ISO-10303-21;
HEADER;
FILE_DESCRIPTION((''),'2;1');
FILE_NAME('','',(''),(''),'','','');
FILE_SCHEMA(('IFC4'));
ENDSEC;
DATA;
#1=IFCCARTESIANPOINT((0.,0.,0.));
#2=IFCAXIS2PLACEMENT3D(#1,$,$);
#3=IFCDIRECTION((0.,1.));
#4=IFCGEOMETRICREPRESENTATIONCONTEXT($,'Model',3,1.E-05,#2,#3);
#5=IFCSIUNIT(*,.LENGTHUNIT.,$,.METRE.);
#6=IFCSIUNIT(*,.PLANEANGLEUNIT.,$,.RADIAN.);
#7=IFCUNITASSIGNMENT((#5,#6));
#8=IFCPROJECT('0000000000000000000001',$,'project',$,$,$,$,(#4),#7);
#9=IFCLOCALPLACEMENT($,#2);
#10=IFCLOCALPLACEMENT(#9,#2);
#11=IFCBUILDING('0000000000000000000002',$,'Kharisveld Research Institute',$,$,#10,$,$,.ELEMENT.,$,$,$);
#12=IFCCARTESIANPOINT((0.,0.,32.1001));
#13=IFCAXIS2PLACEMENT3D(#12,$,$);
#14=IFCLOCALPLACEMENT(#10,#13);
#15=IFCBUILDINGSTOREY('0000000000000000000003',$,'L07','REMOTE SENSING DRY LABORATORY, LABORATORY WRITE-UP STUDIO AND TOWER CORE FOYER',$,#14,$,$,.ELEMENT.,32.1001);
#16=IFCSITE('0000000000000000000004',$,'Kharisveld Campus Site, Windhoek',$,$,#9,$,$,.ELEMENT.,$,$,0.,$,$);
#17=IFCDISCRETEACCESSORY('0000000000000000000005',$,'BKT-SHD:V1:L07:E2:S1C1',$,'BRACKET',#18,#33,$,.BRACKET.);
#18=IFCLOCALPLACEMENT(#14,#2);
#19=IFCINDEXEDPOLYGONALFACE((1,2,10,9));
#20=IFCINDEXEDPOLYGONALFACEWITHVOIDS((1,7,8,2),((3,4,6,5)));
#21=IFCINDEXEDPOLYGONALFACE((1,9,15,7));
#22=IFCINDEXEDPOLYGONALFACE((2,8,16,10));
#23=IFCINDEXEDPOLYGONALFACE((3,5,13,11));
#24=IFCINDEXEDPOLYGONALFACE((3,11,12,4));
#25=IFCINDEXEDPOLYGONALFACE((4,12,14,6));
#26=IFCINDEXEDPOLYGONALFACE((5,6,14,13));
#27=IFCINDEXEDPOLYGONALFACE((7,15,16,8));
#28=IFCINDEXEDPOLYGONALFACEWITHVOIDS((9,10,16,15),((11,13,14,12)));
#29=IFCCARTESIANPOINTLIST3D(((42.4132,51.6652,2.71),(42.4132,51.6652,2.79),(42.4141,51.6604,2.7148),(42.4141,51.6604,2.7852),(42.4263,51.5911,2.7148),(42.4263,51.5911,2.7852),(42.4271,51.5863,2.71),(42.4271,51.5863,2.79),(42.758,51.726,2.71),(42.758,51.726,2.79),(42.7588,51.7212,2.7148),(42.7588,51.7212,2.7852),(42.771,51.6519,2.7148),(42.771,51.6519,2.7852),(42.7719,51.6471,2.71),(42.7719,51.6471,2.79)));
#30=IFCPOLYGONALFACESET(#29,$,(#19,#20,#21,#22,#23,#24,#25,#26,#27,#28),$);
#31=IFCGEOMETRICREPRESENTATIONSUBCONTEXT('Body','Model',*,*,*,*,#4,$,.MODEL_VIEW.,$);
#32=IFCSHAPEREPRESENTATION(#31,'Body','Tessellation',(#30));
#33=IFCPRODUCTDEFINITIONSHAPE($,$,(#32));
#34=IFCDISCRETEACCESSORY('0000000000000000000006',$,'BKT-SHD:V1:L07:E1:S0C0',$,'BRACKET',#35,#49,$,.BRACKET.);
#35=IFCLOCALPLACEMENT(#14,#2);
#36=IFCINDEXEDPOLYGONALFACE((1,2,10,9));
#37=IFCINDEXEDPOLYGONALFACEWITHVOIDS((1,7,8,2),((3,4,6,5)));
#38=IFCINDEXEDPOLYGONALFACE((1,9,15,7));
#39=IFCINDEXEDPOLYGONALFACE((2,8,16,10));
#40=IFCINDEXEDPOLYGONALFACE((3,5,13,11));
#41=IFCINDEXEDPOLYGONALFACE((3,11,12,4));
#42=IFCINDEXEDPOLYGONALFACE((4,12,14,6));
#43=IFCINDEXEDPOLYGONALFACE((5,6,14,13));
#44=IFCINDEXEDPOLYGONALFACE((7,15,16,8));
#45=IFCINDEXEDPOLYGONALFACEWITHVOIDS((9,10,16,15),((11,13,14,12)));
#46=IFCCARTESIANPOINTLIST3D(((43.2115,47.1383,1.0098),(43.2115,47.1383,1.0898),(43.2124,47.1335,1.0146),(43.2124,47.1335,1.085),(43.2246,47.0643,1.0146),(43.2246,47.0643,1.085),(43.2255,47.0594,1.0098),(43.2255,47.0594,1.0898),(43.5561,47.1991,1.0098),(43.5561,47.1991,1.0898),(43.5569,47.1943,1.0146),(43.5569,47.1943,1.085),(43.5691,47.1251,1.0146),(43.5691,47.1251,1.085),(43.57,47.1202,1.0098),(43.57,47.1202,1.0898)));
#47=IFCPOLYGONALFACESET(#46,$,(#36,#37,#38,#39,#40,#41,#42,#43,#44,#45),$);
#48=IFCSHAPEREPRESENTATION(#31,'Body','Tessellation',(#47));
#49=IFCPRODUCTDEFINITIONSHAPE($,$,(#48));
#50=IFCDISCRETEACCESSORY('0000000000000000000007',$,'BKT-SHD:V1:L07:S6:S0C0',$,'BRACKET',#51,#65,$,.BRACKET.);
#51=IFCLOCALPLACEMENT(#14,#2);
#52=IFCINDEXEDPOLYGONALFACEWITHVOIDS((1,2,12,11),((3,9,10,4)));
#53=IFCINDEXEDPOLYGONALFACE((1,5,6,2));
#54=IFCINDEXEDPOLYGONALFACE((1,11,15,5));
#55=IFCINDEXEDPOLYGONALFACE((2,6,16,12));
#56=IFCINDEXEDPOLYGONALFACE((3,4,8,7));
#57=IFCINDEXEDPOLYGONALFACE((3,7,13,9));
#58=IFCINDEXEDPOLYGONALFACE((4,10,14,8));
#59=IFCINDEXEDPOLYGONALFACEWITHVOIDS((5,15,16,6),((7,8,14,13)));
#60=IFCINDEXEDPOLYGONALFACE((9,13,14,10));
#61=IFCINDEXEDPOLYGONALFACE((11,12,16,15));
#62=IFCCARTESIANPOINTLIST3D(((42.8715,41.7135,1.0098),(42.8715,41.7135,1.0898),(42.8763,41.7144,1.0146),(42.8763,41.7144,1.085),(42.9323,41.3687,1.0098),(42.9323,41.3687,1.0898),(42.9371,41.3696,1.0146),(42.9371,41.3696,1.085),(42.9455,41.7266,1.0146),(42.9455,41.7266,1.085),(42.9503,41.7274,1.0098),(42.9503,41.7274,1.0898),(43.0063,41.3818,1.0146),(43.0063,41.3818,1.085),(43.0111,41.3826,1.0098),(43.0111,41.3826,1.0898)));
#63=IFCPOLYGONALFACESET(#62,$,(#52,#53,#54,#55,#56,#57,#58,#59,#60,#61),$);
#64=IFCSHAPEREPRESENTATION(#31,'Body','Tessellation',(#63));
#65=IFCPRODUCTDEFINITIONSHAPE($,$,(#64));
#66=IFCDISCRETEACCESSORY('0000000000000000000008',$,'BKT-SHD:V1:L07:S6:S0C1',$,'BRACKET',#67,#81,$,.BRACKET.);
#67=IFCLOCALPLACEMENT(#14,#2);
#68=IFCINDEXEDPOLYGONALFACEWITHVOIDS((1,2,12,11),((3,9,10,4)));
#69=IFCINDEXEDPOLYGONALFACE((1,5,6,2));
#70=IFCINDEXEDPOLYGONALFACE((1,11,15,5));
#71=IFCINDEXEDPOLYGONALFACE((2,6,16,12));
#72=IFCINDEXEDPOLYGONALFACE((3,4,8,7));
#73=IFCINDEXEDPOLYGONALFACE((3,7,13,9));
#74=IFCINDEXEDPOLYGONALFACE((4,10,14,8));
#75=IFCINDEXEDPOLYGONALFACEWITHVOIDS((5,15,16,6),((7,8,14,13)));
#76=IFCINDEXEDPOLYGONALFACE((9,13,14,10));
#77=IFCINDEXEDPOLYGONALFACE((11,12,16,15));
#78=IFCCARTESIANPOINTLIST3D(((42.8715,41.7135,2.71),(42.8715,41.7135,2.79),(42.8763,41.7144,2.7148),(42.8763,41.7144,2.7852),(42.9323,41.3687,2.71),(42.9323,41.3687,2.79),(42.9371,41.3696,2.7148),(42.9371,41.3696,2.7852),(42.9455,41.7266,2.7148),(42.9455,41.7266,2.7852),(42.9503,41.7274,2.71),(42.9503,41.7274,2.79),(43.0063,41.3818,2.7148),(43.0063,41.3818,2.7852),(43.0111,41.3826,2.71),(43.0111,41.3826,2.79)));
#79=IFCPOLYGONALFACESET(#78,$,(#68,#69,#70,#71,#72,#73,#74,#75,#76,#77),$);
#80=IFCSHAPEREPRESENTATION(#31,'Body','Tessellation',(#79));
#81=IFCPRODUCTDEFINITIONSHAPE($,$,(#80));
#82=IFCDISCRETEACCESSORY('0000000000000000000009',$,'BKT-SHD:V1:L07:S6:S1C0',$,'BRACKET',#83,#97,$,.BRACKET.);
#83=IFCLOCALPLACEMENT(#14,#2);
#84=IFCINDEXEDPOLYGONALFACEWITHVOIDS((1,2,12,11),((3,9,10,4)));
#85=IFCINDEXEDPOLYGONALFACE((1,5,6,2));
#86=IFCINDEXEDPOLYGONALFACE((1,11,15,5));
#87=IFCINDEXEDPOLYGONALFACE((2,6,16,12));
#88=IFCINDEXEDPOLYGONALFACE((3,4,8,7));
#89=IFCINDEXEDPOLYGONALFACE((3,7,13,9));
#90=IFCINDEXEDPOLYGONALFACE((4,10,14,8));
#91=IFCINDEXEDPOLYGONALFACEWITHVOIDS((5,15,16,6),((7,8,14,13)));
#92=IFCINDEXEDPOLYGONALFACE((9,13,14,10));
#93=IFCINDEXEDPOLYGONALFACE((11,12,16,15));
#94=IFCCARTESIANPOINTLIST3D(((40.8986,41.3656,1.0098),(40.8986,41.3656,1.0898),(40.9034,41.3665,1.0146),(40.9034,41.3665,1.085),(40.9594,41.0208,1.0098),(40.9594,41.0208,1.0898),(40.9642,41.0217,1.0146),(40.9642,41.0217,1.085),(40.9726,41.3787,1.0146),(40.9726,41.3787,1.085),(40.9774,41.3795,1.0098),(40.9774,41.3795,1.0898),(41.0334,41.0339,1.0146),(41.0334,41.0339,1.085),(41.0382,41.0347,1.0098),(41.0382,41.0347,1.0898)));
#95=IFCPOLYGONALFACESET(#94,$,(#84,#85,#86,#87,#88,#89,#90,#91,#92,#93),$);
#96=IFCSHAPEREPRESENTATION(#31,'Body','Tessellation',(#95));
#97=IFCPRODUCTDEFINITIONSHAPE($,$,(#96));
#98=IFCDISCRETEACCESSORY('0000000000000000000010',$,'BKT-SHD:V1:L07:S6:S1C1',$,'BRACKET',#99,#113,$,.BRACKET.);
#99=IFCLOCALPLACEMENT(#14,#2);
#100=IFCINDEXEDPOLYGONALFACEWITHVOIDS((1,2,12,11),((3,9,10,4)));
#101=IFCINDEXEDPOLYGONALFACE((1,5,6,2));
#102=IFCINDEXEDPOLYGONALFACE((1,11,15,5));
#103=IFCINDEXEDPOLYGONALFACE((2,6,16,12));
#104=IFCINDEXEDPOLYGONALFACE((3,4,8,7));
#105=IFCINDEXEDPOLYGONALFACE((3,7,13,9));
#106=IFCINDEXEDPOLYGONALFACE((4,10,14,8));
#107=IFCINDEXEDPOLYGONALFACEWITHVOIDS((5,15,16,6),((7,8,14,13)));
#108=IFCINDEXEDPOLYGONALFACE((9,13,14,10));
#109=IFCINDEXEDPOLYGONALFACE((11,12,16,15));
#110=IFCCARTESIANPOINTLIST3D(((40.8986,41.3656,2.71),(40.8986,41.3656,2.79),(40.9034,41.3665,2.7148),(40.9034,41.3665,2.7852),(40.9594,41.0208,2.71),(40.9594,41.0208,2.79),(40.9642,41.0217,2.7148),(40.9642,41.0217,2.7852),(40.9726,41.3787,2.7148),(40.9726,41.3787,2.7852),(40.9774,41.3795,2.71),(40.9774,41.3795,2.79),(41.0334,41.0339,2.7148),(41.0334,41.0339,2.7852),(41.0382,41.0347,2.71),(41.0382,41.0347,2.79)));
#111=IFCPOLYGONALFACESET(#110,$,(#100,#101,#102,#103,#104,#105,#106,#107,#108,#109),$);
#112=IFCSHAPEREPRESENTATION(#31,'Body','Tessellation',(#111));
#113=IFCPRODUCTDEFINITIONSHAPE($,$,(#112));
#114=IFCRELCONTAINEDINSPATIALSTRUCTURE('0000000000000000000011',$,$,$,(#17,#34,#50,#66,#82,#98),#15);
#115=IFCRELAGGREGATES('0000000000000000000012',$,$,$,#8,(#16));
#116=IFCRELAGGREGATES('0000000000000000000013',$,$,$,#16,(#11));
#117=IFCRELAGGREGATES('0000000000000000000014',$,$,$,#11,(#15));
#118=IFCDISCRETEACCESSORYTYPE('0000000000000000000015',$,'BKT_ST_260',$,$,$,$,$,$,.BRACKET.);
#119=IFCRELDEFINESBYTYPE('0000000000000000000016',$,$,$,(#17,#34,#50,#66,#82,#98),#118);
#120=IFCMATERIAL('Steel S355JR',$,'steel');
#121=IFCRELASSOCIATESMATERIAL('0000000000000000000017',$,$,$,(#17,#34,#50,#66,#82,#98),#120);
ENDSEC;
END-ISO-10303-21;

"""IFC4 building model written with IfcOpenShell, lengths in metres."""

from ifc_helpers import new_model, si_unit, direction, frame, origin, origin_2d, place, context, subcontext, project, spatial, hollow_rectangle, extrude, material, type_object, element, save


model = new_model("IFC4")

# Units and contexts
model_context = context("Model", 3, precision=1e-05, world=origin(), true_north=direction((0.0, 1.0)))
body_context = subcontext(model_context, "Body", "Model", "MODEL_VIEW")
ifc_project = project(units=[si_unit("LENGTHUNIT", "METRE"), si_unit("PLANEANGLEUNIT", "RADIAN")], contexts=[model_context])

# Site, building, storey
site_placement = place(None, origin())
site = spatial("IfcSite", under=ifc_project, at=site_placement, Name="Kharisveld Campus Site, Windhoek", CompositionType="ELEMENT", RefElevation=0.0)
building_placement = place(site_placement, origin())
building = spatial("IfcBuilding", under=site, at=building_placement, Name="Kharisveld Research Institute", CompositionType="ELEMENT")
storey_placement = place(building_placement, frame((0.0, 0.0, 32.1001)))
storey = spatial("IfcBuildingStorey", under=building, at=storey_placement, Name="L07", Description="REMOTE SENSING DRY LABORATORY, LABORATORY WRITE-UP STUDIO AND TOWER CORE FOYER", CompositionType="ELEMENT", Elevation=32.1001)

# Discrete accessories
ifc_material_1 = material(Name="Steel S355JR", Category="steel")
discrete_accessory_type = type_object("IfcDiscreteAccessoryType", Name="BKT_ST_260", PredefinedType="BRACKET")
for number, where, z_axis, x_axis, name in (
    (1, (42.4202, 51.6257, 2.75), (0.984805, 0.173666, 0.0), (-0.173666, 0.984805, 0.0), "BKT-SHD:V1:L07:E2:S1C1"),
):
    element("IfcDiscreteAccessory", number, at=place(storey_placement, frame(where, z_axis=z_axis, x_axis=x_axis)), inside=storey, type_object=discrete_accessory_type, material=ifc_material_1, Name=name, ObjectType="BRACKET", PredefinedType="BRACKET", context=body_context, shape_type="SweptSolid", body=[
        extrude(hollow_rectangle(XDim=0.0801, YDim=0.0801, WallThickness=0.0049, at=origin_2d()), origin(), (0.0, 0.0, 1.0), 0.3501),
    ])
discrete_accessory_placement = place(storey_placement, frame((43.2185, 47.0989, 1.0498), z_axis=(0.984784, 0.173785, 0.0), x_axis=(-0.173785, 0.984784, 0.0)))
element("IfcDiscreteAccessory", 2, at=discrete_accessory_placement, inside=storey, type_object=discrete_accessory_type, material=ifc_material_1, Name="BKT-SHD:V1:L07:E1:S0C0", ObjectType="BRACKET", PredefinedType="BRACKET", context=body_context, shape_type="SweptSolid", body=[
    extrude(hollow_rectangle(XDim=0.0801, YDim=0.0801, WallThickness=0.0049, at=origin_2d()), origin(), (0.0, 0.0, 1.0), 0.3499),
])
for number, where, z_axis, x_axis, name in (
    (3, (42.9109, 41.7205, 1.0498), (0.173666, -0.984805, 0.0), (0.984805, 0.173666, 0.0), "BKT-SHD:V1:L07:S6:S0C0"),
    (4, (42.9109, 41.7205, 2.75), (0.173666, -0.984805, 0.0), (0.984805, 0.173666, 0.0), "BKT-SHD:V1:L07:S6:S0C1"),
    (5, (40.938, 41.3726, 1.0498), (0.173666, -0.984805, 0.0), (0.984805, 0.173666, 0.0), "BKT-SHD:V1:L07:S6:S1C0"),
    (6, (40.938, 41.3726, 2.75), (0.173666, -0.984805, 0.0), (0.984805, 0.173666, 0.0), "BKT-SHD:V1:L07:S6:S1C1"),
):
    element("IfcDiscreteAccessory", number, at=place(storey_placement, frame(where, z_axis=z_axis, x_axis=x_axis)), inside=storey, type_object=discrete_accessory_type, material=ifc_material_1, Name=name, ObjectType="BRACKET", PredefinedType="BRACKET", context=body_context, shape_type="SweptSolid", body=[
        extrude(hollow_rectangle(XDim=0.0801, YDim=0.0801, WallThickness=0.0049, at=origin_2d()), origin(), (0.0, 0.0, 1.0), 0.3501),
    ])

save(model, "model.ifc")
